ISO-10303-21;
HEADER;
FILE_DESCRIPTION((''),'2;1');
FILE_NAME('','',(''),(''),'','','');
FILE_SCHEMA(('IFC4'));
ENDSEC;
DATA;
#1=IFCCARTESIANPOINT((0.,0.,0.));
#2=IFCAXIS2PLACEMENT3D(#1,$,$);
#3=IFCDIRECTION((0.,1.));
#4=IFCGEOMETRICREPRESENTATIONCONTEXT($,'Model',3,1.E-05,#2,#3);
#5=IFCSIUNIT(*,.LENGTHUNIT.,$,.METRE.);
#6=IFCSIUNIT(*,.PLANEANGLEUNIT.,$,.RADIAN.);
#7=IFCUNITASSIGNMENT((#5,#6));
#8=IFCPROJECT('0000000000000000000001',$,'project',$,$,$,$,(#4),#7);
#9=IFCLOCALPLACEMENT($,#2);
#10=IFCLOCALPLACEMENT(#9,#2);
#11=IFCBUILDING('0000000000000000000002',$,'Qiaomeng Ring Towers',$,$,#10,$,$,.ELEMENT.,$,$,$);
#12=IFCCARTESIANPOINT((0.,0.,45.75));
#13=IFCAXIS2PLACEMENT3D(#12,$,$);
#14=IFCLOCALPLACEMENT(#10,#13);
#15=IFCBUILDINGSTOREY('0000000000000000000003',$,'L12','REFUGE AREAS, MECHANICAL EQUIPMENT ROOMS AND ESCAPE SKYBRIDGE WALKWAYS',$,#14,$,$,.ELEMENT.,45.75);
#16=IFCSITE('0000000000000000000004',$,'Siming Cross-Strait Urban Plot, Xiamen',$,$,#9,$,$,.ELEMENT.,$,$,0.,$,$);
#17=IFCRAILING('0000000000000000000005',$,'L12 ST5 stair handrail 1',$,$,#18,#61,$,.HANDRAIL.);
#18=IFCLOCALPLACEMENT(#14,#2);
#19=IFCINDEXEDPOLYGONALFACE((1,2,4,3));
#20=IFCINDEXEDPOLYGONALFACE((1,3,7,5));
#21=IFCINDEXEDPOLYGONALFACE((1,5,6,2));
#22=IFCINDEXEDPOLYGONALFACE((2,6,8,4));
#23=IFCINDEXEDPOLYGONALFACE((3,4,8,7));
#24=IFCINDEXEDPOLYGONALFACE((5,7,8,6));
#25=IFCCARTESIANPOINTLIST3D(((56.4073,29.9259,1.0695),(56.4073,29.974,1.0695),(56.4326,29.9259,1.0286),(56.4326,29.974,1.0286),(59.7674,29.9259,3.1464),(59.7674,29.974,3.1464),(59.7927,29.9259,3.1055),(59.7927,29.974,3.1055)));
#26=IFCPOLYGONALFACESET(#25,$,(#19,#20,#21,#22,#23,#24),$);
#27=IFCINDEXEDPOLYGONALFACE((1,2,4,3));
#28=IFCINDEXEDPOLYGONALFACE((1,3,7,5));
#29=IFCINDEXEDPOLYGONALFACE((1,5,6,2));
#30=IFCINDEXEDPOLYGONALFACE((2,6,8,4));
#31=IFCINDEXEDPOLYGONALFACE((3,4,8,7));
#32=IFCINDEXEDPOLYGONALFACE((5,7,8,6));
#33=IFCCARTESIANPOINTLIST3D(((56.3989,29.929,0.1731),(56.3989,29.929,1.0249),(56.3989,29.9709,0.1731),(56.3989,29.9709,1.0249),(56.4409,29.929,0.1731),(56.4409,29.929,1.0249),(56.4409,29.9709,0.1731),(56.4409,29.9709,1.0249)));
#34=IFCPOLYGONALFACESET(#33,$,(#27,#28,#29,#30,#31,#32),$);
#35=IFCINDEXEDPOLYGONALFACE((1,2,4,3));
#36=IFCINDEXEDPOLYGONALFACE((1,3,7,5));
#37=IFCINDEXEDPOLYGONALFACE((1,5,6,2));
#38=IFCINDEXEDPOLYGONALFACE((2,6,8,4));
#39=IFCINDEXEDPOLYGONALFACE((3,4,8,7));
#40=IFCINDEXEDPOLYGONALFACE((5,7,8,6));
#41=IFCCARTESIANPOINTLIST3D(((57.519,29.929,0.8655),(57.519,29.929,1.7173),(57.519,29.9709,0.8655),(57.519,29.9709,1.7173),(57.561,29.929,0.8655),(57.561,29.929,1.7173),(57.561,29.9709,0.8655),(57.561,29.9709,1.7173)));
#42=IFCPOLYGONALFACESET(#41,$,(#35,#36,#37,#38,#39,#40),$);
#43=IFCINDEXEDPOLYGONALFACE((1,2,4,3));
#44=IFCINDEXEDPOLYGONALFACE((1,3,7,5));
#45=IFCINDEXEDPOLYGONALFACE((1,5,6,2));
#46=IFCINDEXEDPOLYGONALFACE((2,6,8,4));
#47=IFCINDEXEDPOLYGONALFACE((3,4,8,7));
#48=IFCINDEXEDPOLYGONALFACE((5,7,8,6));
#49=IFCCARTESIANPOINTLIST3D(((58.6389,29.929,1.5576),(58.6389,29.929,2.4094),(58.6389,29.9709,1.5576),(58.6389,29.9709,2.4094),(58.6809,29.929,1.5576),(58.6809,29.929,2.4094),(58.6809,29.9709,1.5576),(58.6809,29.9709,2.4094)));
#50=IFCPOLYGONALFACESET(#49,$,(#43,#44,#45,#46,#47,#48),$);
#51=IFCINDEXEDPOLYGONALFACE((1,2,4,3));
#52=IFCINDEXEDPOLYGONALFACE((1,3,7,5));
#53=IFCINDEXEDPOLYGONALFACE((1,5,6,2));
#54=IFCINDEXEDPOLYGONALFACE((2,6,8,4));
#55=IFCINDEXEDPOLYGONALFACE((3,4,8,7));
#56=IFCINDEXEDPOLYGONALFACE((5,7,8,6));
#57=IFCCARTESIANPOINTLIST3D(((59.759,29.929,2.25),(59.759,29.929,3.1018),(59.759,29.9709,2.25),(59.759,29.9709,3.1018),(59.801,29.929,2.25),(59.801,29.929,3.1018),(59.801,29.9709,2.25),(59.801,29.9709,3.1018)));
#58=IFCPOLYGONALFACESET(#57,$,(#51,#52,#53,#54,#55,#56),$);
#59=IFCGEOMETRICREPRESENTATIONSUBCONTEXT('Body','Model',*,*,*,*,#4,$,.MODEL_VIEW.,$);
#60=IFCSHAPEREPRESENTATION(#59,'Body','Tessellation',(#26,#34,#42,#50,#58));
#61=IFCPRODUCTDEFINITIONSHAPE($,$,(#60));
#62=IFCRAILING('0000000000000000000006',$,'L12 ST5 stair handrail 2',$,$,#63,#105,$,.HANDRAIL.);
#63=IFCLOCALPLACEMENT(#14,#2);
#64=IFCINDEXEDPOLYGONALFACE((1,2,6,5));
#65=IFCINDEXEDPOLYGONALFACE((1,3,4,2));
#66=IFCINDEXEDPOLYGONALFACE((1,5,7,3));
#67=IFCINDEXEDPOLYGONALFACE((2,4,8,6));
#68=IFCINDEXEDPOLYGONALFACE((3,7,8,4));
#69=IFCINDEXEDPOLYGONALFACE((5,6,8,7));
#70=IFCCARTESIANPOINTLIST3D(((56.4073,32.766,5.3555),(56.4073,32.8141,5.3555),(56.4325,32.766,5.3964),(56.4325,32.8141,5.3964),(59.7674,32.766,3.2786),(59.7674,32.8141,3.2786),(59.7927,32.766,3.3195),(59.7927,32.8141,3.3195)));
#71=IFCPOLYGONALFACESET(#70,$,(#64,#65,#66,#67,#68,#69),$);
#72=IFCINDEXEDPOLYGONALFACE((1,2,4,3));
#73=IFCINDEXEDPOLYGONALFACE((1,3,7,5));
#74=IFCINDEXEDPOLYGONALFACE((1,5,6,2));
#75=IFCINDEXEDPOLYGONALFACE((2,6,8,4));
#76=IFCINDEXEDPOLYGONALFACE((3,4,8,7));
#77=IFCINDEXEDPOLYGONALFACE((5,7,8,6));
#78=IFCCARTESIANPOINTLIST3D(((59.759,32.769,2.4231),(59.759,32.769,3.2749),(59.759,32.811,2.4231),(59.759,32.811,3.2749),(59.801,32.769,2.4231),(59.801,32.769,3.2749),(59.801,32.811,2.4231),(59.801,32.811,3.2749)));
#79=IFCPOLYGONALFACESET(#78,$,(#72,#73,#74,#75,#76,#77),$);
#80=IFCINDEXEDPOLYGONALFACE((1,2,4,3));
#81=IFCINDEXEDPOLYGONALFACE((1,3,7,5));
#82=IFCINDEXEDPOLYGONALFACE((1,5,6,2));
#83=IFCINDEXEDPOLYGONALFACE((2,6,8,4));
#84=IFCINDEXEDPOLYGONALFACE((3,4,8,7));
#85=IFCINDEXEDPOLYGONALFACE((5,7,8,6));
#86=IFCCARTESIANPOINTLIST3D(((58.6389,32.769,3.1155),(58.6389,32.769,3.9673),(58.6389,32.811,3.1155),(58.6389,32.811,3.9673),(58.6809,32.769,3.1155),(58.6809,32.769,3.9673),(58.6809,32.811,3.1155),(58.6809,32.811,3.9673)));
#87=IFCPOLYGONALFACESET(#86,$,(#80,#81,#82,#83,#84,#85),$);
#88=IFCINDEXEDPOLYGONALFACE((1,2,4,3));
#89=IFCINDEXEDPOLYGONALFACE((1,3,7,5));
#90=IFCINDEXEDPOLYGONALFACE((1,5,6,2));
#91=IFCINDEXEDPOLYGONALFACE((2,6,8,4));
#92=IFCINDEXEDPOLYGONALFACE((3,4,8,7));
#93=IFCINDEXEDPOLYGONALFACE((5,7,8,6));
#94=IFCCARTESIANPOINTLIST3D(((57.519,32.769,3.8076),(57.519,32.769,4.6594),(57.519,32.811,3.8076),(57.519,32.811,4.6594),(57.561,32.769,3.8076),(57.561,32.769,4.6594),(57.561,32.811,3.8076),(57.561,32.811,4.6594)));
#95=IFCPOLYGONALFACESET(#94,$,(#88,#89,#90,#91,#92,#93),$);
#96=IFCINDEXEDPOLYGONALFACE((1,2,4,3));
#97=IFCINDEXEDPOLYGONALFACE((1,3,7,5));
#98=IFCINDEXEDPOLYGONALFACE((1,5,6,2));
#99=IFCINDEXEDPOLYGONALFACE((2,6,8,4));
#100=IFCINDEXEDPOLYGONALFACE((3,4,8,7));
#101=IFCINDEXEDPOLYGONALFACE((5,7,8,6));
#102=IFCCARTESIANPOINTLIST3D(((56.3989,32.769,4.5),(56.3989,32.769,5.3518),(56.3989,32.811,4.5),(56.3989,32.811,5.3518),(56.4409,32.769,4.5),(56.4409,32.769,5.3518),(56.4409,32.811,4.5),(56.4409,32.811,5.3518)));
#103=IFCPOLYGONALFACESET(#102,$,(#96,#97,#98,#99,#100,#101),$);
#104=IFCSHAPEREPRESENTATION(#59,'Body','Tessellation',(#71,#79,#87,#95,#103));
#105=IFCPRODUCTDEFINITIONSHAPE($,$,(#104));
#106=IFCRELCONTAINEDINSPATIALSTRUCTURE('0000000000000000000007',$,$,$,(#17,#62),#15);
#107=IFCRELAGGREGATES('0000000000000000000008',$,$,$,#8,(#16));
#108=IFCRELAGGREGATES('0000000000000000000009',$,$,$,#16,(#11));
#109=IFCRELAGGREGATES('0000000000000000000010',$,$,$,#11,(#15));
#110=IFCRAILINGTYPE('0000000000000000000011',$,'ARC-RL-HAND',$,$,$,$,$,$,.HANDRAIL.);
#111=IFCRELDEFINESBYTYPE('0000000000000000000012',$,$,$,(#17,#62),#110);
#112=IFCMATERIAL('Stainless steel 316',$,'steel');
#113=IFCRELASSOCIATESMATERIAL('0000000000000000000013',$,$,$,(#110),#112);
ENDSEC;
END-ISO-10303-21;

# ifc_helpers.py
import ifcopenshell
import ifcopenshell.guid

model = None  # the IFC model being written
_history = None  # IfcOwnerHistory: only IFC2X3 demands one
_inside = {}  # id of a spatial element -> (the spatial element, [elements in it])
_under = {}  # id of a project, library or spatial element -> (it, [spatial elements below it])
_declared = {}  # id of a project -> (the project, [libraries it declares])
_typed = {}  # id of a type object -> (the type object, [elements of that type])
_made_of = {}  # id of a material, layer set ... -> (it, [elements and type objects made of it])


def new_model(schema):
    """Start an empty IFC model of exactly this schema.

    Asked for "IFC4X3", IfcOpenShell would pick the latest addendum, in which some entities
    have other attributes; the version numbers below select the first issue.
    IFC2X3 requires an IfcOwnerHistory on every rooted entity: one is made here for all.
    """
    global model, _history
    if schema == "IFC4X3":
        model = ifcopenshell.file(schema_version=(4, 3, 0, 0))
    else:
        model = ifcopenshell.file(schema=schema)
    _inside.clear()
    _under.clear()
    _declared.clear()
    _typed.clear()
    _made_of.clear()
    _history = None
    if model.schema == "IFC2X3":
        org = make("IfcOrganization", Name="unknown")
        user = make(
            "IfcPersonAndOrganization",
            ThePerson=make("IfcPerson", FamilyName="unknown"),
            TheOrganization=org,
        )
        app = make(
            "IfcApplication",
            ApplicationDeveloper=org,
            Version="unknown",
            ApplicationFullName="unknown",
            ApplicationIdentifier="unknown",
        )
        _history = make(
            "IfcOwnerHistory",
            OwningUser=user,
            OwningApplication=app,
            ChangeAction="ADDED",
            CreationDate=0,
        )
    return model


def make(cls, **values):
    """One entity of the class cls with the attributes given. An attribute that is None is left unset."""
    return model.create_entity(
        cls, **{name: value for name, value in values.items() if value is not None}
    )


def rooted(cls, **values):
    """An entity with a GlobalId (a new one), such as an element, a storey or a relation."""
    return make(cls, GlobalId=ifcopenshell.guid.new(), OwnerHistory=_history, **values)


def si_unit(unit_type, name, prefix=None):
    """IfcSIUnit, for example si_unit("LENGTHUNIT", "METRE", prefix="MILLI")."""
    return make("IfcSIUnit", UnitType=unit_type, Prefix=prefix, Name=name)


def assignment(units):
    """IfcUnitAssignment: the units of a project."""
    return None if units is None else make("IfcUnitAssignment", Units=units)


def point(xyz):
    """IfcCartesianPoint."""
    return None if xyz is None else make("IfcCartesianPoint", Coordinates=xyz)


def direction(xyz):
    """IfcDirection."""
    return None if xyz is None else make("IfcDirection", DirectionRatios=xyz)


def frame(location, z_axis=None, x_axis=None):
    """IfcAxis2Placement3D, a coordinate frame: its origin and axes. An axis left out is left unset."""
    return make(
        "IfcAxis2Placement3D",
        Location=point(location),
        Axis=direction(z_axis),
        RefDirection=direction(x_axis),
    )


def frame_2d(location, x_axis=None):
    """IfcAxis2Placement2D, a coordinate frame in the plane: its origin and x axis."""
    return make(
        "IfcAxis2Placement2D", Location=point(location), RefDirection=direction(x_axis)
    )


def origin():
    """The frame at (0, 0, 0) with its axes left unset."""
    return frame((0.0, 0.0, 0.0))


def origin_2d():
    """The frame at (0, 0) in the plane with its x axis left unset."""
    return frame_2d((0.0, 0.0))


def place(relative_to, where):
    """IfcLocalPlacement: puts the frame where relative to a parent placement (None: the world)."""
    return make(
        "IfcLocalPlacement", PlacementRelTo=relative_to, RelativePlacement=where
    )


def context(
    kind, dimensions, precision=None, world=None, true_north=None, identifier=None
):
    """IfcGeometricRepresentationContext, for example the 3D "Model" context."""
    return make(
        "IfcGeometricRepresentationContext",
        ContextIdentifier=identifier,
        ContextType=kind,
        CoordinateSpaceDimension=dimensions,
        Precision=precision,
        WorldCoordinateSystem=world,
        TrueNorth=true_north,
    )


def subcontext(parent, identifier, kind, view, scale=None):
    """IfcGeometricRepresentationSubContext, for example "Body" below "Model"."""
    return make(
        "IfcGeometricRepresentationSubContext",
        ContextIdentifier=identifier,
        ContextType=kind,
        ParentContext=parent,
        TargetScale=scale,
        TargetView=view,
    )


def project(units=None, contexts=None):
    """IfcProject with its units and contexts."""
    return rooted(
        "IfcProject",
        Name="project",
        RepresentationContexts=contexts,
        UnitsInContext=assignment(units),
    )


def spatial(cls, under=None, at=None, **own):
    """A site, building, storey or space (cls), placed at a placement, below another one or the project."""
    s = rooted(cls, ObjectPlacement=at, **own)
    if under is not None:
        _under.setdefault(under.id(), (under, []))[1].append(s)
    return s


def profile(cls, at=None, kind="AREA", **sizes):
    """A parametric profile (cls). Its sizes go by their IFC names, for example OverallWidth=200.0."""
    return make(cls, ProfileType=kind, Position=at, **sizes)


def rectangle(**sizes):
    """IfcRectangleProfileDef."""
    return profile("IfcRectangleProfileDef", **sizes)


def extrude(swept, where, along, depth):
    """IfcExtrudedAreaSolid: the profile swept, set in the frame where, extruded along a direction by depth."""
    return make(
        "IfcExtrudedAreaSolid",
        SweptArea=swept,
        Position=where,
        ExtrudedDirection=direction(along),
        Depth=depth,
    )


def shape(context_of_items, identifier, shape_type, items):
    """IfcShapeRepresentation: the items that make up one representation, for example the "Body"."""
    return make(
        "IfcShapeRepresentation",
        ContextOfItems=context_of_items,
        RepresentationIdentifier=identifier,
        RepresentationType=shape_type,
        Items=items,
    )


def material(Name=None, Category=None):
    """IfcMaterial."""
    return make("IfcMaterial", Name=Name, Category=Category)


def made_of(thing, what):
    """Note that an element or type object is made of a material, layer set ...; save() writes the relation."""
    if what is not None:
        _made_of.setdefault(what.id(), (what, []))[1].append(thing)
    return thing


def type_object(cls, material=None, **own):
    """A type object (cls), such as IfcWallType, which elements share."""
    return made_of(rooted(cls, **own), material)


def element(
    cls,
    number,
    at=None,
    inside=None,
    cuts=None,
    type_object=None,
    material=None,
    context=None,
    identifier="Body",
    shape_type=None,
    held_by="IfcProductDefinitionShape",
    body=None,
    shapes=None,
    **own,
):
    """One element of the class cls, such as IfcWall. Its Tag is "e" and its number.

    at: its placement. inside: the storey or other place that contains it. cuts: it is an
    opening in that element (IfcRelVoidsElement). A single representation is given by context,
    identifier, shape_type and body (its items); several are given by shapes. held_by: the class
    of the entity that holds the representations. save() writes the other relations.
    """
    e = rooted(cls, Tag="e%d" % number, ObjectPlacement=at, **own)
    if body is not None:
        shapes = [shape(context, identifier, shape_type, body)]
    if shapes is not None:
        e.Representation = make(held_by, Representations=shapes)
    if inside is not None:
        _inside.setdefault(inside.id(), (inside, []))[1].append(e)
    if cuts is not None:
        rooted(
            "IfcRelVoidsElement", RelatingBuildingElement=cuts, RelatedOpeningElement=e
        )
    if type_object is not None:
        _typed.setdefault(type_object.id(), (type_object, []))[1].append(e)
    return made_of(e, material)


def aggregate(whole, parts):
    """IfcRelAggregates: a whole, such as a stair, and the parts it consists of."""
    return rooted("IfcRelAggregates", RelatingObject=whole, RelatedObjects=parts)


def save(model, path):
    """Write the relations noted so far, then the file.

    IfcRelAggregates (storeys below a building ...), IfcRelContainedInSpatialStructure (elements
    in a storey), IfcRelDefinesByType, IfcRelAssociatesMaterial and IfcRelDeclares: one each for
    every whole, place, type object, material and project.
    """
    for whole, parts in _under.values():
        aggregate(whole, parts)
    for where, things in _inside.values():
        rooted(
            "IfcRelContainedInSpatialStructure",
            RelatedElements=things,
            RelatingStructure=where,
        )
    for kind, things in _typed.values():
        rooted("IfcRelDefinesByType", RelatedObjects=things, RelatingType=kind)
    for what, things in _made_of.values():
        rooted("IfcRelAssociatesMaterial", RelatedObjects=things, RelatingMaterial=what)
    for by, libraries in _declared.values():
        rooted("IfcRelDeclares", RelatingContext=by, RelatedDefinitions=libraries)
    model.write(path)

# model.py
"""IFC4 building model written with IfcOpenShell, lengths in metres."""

from ifc_helpers import new_model, si_unit, direction, frame, origin, origin_2d, place, context, subcontext, project, spatial, rectangle, extrude, material, type_object, element, save


model = new_model("IFC4")

# Units and contexts
model_context = context("Model", 3, precision=1e-05, world=origin(), true_north=direction((0.0, 1.0)))
body_context = subcontext(model_context, "Body", "Model", "MODEL_VIEW")
ifc_project = project(units=[si_unit("LENGTHUNIT", "METRE"), si_unit("PLANEANGLEUNIT", "RADIAN")], contexts=[model_context])

# Site, building, storey
site_placement = place(None, origin())
site = spatial("IfcSite", under=ifc_project, at=site_placement, Name="Siming Cross-Strait Urban Plot, Xiamen", CompositionType="ELEMENT", RefElevation=0.0)
building_placement = place(site_placement, origin())
building = spatial("IfcBuilding", under=site, at=building_placement, Name="Qiaomeng Ring Towers", CompositionType="ELEMENT")
storey_placement = place(building_placement, frame((0.0, 0.0, 45.75)))
storey = spatial("IfcBuildingStorey", under=building, at=storey_placement, Name="L12", Description="REFUGE AREAS, MECHANICAL EQUIPMENT ROOMS AND ESCAPE SKYBRIDGE WALKWAYS", CompositionType="ELEMENT", Elevation=45.75)

# Shared definitions
ifc_material_1 = material(Name="Stainless steel 316", Category="steel")

# Railings
railing_type_1 = type_object("IfcRailingType", Name="ARC-RL-HAND", PredefinedType="HANDRAIL", material=ifc_material_1)
railing_1_placement = place(storey_placement, frame((56.4199, 29.95, 0.1731)))
element("IfcRailing", 1, at=railing_1_placement, inside=storey, type_object=railing_type_1, Name="L12 ST5 stair handrail 1", PredefinedType="HANDRAIL", context=body_context, shape_type="SweptSolid", body=[
    extrude(rectangle(XDim=0.0481, YDim=0.0481, at=origin_2d()), frame((0.0, 0.0, 0.876), z_axis=(0.850623, 0.0, 0.525776), x_axis=(0.0, 1.0, 0.0)), (0.0, 0.0, 1.0), 3.9502),
    extrude(rectangle(XDim=0.042, YDim=0.042, at=origin_2d()), origin(), (0.0, 0.0, 1.0), 0.8518),
    extrude(rectangle(XDim=0.042, YDim=0.042, at=origin_2d()), frame((1.1201, 0.0, 0.6924)), (0.0, 0.0, 1.0), 0.8518),
    extrude(rectangle(XDim=0.042, YDim=0.042, at=origin_2d()), frame((2.24, 0.0, 1.3845)), (0.0, 0.0, 1.0), 0.8518),
    extrude(rectangle(XDim=0.042, YDim=0.042, at=origin_2d()), frame((3.3601, 0.0, 2.0769)), (0.0, 0.0, 1.0), 0.8518),
])
railing_2_placement = place(storey_placement, frame((59.78, 32.79, 2.4231)))
element("IfcRailing", 2, at=railing_2_placement, inside=storey, type_object=railing_type_1, Name="L12 ST5 stair handrail 2", PredefinedType="HANDRAIL", context=body_context, shape_type="SweptSolid", body=[
    extrude(rectangle(XDim=0.0481, YDim=0.0481, at=origin_2d()), frame((0.0, 0.0, 0.876), z_axis=(-0.850623, 0.0, 0.525776), x_axis=(0.0, -1.0, 0.0)), (0.0, 0.0, 1.0), 3.9502),
    extrude(rectangle(XDim=0.042, YDim=0.042, at=origin_2d()), origin(), (0.0, 0.0, 1.0), 0.8518),
    extrude(rectangle(XDim=0.042, YDim=0.042, at=origin_2d()), frame((-1.1201, 0.0, 0.6924)), (0.0, 0.0, 1.0), 0.8518),
    extrude(rectangle(XDim=0.042, YDim=0.042, at=origin_2d()), frame((-2.24, 0.0, 1.3845)), (0.0, 0.0, 1.0), 0.8518),
    extrude(rectangle(XDim=0.042, YDim=0.042, at=origin_2d()), frame((-3.3601, 0.0, 2.0769)), (0.0, 0.0, 1.0), 0.8518),
])

save(model, "model.ifc")
